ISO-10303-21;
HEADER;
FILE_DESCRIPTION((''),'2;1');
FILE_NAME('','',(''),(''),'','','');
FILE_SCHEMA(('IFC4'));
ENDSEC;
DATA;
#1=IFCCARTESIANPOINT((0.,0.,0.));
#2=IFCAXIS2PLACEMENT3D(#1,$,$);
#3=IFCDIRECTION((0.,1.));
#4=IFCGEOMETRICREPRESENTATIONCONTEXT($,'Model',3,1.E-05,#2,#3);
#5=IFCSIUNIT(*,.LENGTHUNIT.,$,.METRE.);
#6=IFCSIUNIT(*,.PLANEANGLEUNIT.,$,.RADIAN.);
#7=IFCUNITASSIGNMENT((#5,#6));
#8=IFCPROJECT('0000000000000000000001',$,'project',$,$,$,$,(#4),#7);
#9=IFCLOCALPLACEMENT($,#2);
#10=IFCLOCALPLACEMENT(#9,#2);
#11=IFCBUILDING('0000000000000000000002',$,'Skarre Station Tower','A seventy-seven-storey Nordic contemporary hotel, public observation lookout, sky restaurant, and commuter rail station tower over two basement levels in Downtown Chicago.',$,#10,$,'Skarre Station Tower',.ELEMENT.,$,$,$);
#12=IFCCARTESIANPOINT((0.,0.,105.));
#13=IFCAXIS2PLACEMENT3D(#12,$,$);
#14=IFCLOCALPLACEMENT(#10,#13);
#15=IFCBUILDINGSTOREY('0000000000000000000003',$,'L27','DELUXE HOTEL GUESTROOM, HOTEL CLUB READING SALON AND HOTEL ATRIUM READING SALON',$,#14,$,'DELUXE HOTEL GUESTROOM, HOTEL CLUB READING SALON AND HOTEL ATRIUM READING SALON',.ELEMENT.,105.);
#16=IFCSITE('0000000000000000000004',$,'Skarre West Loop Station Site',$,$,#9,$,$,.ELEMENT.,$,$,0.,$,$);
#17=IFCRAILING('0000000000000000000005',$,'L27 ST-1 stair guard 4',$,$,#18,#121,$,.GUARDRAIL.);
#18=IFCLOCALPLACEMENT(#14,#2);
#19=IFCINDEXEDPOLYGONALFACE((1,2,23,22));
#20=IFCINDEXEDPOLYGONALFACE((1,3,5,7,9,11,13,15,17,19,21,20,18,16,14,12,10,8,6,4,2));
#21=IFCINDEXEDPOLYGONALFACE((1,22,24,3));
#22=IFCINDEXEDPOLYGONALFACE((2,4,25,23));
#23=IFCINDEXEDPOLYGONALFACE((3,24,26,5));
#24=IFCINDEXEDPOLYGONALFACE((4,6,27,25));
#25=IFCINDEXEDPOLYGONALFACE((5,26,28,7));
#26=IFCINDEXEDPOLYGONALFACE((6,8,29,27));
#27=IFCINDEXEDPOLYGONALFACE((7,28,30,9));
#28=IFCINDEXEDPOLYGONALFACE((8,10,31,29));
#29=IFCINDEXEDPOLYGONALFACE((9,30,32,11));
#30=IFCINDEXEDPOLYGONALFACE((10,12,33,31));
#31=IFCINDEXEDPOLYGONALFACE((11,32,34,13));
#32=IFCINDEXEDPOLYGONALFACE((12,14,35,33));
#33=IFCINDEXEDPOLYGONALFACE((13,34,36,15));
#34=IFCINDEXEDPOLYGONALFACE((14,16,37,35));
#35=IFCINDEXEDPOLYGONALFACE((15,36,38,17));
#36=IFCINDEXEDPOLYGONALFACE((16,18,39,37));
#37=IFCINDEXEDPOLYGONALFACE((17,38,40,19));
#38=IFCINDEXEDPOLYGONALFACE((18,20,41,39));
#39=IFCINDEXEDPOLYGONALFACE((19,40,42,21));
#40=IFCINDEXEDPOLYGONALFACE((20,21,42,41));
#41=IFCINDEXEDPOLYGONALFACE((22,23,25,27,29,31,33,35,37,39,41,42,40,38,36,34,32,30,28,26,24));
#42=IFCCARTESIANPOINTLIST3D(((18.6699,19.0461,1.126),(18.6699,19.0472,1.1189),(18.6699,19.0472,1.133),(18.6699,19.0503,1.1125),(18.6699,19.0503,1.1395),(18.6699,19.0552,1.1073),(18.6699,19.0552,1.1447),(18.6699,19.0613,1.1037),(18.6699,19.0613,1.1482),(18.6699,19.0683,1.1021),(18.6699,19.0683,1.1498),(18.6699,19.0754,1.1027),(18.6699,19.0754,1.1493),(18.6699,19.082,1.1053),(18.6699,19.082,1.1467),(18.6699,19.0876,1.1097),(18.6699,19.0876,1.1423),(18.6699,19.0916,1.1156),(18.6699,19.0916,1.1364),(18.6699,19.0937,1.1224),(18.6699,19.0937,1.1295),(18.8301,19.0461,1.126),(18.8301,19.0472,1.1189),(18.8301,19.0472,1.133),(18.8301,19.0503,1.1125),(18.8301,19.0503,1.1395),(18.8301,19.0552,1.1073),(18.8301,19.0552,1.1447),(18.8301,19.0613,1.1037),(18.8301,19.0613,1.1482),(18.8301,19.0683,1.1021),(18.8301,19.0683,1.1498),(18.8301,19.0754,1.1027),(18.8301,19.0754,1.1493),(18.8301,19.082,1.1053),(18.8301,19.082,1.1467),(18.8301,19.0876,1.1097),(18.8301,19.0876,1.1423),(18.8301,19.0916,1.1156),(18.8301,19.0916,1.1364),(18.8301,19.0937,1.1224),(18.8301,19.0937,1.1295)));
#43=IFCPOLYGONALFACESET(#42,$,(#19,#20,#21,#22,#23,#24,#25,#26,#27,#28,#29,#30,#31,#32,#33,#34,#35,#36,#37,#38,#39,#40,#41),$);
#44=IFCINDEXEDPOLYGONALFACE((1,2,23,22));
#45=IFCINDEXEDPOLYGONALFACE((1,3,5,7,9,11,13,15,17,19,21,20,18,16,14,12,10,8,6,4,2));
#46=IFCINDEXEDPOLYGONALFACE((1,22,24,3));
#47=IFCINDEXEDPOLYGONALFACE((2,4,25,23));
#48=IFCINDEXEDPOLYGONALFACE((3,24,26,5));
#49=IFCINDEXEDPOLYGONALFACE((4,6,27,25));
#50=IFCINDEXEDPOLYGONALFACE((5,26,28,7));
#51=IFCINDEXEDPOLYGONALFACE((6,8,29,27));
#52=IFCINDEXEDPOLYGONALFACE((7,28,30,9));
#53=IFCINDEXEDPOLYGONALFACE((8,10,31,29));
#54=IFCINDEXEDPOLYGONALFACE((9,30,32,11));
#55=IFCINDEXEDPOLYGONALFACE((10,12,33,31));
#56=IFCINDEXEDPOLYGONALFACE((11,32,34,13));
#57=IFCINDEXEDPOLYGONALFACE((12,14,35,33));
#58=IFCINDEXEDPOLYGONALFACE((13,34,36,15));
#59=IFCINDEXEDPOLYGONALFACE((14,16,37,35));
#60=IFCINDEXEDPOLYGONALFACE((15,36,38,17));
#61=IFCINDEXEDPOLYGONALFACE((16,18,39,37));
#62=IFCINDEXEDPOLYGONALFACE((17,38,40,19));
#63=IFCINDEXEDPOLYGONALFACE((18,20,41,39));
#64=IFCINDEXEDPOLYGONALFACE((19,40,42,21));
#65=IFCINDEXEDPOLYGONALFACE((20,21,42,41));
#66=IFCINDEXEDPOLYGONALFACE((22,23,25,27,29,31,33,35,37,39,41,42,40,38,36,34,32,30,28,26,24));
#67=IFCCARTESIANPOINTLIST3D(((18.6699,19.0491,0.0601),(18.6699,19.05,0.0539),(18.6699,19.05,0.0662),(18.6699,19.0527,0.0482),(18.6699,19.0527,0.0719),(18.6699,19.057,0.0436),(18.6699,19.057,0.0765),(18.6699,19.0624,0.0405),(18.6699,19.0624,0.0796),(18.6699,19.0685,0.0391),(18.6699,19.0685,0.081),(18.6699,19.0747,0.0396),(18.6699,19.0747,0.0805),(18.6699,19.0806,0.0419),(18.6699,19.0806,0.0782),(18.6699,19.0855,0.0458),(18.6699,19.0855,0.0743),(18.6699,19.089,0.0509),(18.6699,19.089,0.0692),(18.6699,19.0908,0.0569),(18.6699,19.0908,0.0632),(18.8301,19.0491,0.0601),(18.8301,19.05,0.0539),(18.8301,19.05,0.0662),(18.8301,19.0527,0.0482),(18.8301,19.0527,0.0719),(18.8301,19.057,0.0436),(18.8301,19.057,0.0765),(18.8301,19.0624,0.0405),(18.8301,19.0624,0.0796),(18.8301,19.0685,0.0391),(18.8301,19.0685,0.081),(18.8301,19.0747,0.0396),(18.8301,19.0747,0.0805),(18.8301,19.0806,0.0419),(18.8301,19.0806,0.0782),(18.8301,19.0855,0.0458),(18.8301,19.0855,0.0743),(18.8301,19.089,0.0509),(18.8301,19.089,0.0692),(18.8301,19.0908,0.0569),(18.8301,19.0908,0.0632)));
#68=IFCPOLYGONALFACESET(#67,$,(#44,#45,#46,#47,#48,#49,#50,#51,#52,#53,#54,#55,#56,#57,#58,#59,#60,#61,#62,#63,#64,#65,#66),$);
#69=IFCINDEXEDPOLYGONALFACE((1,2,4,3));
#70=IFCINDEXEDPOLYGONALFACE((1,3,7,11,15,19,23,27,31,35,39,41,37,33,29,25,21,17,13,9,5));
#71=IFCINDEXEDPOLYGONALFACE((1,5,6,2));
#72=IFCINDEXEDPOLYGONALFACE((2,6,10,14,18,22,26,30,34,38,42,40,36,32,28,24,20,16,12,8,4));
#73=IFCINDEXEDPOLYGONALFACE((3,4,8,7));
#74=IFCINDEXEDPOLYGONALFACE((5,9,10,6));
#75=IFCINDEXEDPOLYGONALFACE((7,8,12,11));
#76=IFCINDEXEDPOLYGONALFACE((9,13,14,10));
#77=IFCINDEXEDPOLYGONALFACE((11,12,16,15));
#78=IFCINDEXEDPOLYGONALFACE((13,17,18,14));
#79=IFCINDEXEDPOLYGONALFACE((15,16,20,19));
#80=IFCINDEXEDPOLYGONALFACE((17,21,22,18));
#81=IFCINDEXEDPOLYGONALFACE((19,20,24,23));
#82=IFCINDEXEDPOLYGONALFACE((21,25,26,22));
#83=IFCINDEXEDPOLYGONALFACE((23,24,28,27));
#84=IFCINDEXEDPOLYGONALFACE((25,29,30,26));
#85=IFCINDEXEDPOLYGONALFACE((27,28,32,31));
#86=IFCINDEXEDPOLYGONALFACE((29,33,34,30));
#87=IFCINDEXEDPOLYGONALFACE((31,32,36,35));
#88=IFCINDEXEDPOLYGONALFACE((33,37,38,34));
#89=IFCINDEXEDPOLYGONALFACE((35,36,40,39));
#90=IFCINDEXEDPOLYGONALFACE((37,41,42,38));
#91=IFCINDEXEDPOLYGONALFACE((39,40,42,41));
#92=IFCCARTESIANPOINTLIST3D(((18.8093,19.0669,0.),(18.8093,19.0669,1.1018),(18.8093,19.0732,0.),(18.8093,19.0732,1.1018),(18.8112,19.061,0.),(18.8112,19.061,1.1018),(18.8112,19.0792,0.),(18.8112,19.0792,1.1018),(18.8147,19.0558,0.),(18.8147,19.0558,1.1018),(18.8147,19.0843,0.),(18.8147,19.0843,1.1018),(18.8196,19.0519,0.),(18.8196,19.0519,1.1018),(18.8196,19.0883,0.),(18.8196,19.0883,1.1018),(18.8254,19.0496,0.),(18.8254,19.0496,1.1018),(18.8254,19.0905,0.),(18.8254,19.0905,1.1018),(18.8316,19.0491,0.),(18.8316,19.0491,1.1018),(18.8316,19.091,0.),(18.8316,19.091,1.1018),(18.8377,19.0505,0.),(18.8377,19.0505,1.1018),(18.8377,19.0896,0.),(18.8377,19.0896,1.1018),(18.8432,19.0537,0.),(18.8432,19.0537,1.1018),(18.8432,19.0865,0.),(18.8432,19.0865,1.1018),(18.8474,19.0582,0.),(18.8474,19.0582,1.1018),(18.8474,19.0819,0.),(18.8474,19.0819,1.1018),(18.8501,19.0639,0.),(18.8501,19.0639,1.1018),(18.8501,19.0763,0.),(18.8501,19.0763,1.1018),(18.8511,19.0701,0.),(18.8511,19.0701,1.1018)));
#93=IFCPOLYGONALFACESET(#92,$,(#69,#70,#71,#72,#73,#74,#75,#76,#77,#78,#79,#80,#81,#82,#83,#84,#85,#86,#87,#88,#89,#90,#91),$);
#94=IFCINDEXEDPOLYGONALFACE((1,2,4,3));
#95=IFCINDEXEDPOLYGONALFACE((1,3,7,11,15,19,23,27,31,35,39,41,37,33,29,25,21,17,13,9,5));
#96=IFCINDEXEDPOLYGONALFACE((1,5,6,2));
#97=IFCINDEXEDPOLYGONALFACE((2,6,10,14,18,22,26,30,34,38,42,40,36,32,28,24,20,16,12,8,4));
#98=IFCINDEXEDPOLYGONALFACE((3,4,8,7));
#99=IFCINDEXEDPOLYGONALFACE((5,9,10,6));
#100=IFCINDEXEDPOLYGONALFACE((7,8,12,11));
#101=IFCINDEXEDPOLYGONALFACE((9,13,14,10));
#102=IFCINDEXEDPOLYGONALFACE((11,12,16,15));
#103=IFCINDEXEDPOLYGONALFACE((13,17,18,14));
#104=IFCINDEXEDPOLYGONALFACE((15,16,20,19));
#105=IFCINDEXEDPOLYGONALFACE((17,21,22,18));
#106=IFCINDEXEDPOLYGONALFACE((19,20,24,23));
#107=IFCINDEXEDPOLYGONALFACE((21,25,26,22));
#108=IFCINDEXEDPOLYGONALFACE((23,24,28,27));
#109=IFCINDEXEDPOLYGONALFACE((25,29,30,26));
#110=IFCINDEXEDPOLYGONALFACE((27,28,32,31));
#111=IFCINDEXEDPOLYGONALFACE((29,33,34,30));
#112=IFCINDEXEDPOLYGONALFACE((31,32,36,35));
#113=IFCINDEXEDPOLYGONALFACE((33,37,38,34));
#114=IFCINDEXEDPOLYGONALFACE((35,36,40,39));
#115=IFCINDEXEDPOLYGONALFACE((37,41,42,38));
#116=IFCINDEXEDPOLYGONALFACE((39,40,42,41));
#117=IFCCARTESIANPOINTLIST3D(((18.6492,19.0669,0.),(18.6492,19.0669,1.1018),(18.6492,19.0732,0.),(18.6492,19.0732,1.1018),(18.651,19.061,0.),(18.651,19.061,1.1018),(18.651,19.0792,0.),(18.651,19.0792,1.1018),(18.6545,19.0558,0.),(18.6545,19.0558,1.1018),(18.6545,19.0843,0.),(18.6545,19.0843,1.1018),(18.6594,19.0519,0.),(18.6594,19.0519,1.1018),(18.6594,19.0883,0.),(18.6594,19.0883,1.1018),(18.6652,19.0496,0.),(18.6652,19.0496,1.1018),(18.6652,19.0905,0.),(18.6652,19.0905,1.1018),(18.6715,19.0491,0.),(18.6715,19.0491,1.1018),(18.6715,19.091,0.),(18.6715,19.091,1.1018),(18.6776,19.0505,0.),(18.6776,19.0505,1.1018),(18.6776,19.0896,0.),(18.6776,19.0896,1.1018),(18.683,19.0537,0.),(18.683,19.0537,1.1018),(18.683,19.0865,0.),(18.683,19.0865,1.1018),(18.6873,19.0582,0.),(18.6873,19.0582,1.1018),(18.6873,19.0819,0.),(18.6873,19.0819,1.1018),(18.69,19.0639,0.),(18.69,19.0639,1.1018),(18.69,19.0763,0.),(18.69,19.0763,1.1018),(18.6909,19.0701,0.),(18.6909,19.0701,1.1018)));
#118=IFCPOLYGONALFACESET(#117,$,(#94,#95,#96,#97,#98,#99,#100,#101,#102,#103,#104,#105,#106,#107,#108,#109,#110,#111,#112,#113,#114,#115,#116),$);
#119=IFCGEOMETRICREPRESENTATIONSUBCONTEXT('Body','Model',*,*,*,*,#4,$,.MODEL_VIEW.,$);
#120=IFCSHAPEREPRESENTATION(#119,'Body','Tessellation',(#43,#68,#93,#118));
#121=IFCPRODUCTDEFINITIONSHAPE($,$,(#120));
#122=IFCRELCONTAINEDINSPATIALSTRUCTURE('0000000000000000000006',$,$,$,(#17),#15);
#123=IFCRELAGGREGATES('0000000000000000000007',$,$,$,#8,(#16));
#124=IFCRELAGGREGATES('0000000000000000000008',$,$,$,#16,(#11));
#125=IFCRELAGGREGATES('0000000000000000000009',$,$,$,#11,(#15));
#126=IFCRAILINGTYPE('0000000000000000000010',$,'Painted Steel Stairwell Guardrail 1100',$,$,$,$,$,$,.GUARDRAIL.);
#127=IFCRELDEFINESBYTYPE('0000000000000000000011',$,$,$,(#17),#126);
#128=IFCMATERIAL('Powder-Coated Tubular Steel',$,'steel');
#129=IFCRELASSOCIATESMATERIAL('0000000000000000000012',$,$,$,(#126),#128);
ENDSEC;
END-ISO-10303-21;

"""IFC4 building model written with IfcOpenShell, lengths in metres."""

from ifc_helpers import new_model, si_unit, direction, frame, origin, origin_2d, place, context, subcontext, project, spatial, circle, extrude, material, type_object, element, save


model = new_model("IFC4")

# Units and contexts
model_context = context("Model", 3, precision=1e-05, world=origin(), true_north=direction((0.0, 1.0)))
body_context = subcontext(model_context, "Body", "Model", "MODEL_VIEW")
ifc_project = project(units=[si_unit("LENGTHUNIT", "METRE"), si_unit("PLANEANGLEUNIT", "RADIAN")], contexts=[model_context])

# Site, building, storey
site_placement = place(None, origin())
site = spatial("IfcSite", under=ifc_project, at=site_placement, Name="Skarre West Loop Station Site", CompositionType="ELEMENT", RefElevation=0.0)
building_placement = place(site_placement, origin())
building = spatial("IfcBuilding", under=site, at=building_placement, Name="Skarre Station Tower", Description="A seventy-seven-storey Nordic contemporary hotel, public observation lookout, sky restaurant, and commuter rail station tower over two basement levels in Downtown Chicago.", LongName="Skarre Station Tower", CompositionType="ELEMENT")
storey_placement = place(building_placement, frame((0.0, 0.0, 105.0)))
storey = spatial("IfcBuildingStorey", under=building, at=storey_placement, Name="L27", Description="DELUXE HOTEL GUESTROOM, HOTEL CLUB READING SALON AND HOTEL ATRIUM READING SALON", LongName="DELUXE HOTEL GUESTROOM, HOTEL CLUB READING SALON AND HOTEL ATRIUM READING SALON", CompositionType="ELEMENT", Elevation=105.0)

# Railing
ifc_material_1 = material(Name="Powder-Coated Tubular Steel", Category="steel")
railing_type_1 = type_object("IfcRailingType", Name="Painted Steel Stairwell Guardrail 1100", PredefinedType="GUARDRAIL", material=ifc_material_1)
railing_1_placement = place(storey_placement, frame((18.8301, 19.0701, 0.0)))
element("IfcRailing", 1, at=railing_1_placement, inside=storey, type_object=railing_type_1, Name="L27 ST-1 stair guard 4", PredefinedType="GUARDRAIL", context=body_context, shape_type="SweptSolid", body=[
    extrude(circle(Radius=0.0239, at=origin_2d()), frame((0.0, 0.0, 1.126), z_axis=(-1.0, 0.0, 0.0), x_axis=(0.0, -1.0, 0.0)), (0.0, 0.0, 1.0), 0.1602),
    extrude(circle(Radius=0.021, at=origin_2d()), frame((0.0, 0.0, 0.0601), z_axis=(-1.0, 0.0, 0.0), x_axis=(0.0, -1.0, 0.0)), (0.0, 0.0, 1.0), 0.1602),
    extrude(circle(Radius=0.021, at=origin_2d()), origin(), (0.0, 0.0, 1.0), 1.1018),
    extrude(circle(Radius=0.021, at=origin_2d()), frame((-0.1602, 0.0, 0.0)), (0.0, 0.0, 1.0), 1.1018),
])

save(model, "model.ifc")
